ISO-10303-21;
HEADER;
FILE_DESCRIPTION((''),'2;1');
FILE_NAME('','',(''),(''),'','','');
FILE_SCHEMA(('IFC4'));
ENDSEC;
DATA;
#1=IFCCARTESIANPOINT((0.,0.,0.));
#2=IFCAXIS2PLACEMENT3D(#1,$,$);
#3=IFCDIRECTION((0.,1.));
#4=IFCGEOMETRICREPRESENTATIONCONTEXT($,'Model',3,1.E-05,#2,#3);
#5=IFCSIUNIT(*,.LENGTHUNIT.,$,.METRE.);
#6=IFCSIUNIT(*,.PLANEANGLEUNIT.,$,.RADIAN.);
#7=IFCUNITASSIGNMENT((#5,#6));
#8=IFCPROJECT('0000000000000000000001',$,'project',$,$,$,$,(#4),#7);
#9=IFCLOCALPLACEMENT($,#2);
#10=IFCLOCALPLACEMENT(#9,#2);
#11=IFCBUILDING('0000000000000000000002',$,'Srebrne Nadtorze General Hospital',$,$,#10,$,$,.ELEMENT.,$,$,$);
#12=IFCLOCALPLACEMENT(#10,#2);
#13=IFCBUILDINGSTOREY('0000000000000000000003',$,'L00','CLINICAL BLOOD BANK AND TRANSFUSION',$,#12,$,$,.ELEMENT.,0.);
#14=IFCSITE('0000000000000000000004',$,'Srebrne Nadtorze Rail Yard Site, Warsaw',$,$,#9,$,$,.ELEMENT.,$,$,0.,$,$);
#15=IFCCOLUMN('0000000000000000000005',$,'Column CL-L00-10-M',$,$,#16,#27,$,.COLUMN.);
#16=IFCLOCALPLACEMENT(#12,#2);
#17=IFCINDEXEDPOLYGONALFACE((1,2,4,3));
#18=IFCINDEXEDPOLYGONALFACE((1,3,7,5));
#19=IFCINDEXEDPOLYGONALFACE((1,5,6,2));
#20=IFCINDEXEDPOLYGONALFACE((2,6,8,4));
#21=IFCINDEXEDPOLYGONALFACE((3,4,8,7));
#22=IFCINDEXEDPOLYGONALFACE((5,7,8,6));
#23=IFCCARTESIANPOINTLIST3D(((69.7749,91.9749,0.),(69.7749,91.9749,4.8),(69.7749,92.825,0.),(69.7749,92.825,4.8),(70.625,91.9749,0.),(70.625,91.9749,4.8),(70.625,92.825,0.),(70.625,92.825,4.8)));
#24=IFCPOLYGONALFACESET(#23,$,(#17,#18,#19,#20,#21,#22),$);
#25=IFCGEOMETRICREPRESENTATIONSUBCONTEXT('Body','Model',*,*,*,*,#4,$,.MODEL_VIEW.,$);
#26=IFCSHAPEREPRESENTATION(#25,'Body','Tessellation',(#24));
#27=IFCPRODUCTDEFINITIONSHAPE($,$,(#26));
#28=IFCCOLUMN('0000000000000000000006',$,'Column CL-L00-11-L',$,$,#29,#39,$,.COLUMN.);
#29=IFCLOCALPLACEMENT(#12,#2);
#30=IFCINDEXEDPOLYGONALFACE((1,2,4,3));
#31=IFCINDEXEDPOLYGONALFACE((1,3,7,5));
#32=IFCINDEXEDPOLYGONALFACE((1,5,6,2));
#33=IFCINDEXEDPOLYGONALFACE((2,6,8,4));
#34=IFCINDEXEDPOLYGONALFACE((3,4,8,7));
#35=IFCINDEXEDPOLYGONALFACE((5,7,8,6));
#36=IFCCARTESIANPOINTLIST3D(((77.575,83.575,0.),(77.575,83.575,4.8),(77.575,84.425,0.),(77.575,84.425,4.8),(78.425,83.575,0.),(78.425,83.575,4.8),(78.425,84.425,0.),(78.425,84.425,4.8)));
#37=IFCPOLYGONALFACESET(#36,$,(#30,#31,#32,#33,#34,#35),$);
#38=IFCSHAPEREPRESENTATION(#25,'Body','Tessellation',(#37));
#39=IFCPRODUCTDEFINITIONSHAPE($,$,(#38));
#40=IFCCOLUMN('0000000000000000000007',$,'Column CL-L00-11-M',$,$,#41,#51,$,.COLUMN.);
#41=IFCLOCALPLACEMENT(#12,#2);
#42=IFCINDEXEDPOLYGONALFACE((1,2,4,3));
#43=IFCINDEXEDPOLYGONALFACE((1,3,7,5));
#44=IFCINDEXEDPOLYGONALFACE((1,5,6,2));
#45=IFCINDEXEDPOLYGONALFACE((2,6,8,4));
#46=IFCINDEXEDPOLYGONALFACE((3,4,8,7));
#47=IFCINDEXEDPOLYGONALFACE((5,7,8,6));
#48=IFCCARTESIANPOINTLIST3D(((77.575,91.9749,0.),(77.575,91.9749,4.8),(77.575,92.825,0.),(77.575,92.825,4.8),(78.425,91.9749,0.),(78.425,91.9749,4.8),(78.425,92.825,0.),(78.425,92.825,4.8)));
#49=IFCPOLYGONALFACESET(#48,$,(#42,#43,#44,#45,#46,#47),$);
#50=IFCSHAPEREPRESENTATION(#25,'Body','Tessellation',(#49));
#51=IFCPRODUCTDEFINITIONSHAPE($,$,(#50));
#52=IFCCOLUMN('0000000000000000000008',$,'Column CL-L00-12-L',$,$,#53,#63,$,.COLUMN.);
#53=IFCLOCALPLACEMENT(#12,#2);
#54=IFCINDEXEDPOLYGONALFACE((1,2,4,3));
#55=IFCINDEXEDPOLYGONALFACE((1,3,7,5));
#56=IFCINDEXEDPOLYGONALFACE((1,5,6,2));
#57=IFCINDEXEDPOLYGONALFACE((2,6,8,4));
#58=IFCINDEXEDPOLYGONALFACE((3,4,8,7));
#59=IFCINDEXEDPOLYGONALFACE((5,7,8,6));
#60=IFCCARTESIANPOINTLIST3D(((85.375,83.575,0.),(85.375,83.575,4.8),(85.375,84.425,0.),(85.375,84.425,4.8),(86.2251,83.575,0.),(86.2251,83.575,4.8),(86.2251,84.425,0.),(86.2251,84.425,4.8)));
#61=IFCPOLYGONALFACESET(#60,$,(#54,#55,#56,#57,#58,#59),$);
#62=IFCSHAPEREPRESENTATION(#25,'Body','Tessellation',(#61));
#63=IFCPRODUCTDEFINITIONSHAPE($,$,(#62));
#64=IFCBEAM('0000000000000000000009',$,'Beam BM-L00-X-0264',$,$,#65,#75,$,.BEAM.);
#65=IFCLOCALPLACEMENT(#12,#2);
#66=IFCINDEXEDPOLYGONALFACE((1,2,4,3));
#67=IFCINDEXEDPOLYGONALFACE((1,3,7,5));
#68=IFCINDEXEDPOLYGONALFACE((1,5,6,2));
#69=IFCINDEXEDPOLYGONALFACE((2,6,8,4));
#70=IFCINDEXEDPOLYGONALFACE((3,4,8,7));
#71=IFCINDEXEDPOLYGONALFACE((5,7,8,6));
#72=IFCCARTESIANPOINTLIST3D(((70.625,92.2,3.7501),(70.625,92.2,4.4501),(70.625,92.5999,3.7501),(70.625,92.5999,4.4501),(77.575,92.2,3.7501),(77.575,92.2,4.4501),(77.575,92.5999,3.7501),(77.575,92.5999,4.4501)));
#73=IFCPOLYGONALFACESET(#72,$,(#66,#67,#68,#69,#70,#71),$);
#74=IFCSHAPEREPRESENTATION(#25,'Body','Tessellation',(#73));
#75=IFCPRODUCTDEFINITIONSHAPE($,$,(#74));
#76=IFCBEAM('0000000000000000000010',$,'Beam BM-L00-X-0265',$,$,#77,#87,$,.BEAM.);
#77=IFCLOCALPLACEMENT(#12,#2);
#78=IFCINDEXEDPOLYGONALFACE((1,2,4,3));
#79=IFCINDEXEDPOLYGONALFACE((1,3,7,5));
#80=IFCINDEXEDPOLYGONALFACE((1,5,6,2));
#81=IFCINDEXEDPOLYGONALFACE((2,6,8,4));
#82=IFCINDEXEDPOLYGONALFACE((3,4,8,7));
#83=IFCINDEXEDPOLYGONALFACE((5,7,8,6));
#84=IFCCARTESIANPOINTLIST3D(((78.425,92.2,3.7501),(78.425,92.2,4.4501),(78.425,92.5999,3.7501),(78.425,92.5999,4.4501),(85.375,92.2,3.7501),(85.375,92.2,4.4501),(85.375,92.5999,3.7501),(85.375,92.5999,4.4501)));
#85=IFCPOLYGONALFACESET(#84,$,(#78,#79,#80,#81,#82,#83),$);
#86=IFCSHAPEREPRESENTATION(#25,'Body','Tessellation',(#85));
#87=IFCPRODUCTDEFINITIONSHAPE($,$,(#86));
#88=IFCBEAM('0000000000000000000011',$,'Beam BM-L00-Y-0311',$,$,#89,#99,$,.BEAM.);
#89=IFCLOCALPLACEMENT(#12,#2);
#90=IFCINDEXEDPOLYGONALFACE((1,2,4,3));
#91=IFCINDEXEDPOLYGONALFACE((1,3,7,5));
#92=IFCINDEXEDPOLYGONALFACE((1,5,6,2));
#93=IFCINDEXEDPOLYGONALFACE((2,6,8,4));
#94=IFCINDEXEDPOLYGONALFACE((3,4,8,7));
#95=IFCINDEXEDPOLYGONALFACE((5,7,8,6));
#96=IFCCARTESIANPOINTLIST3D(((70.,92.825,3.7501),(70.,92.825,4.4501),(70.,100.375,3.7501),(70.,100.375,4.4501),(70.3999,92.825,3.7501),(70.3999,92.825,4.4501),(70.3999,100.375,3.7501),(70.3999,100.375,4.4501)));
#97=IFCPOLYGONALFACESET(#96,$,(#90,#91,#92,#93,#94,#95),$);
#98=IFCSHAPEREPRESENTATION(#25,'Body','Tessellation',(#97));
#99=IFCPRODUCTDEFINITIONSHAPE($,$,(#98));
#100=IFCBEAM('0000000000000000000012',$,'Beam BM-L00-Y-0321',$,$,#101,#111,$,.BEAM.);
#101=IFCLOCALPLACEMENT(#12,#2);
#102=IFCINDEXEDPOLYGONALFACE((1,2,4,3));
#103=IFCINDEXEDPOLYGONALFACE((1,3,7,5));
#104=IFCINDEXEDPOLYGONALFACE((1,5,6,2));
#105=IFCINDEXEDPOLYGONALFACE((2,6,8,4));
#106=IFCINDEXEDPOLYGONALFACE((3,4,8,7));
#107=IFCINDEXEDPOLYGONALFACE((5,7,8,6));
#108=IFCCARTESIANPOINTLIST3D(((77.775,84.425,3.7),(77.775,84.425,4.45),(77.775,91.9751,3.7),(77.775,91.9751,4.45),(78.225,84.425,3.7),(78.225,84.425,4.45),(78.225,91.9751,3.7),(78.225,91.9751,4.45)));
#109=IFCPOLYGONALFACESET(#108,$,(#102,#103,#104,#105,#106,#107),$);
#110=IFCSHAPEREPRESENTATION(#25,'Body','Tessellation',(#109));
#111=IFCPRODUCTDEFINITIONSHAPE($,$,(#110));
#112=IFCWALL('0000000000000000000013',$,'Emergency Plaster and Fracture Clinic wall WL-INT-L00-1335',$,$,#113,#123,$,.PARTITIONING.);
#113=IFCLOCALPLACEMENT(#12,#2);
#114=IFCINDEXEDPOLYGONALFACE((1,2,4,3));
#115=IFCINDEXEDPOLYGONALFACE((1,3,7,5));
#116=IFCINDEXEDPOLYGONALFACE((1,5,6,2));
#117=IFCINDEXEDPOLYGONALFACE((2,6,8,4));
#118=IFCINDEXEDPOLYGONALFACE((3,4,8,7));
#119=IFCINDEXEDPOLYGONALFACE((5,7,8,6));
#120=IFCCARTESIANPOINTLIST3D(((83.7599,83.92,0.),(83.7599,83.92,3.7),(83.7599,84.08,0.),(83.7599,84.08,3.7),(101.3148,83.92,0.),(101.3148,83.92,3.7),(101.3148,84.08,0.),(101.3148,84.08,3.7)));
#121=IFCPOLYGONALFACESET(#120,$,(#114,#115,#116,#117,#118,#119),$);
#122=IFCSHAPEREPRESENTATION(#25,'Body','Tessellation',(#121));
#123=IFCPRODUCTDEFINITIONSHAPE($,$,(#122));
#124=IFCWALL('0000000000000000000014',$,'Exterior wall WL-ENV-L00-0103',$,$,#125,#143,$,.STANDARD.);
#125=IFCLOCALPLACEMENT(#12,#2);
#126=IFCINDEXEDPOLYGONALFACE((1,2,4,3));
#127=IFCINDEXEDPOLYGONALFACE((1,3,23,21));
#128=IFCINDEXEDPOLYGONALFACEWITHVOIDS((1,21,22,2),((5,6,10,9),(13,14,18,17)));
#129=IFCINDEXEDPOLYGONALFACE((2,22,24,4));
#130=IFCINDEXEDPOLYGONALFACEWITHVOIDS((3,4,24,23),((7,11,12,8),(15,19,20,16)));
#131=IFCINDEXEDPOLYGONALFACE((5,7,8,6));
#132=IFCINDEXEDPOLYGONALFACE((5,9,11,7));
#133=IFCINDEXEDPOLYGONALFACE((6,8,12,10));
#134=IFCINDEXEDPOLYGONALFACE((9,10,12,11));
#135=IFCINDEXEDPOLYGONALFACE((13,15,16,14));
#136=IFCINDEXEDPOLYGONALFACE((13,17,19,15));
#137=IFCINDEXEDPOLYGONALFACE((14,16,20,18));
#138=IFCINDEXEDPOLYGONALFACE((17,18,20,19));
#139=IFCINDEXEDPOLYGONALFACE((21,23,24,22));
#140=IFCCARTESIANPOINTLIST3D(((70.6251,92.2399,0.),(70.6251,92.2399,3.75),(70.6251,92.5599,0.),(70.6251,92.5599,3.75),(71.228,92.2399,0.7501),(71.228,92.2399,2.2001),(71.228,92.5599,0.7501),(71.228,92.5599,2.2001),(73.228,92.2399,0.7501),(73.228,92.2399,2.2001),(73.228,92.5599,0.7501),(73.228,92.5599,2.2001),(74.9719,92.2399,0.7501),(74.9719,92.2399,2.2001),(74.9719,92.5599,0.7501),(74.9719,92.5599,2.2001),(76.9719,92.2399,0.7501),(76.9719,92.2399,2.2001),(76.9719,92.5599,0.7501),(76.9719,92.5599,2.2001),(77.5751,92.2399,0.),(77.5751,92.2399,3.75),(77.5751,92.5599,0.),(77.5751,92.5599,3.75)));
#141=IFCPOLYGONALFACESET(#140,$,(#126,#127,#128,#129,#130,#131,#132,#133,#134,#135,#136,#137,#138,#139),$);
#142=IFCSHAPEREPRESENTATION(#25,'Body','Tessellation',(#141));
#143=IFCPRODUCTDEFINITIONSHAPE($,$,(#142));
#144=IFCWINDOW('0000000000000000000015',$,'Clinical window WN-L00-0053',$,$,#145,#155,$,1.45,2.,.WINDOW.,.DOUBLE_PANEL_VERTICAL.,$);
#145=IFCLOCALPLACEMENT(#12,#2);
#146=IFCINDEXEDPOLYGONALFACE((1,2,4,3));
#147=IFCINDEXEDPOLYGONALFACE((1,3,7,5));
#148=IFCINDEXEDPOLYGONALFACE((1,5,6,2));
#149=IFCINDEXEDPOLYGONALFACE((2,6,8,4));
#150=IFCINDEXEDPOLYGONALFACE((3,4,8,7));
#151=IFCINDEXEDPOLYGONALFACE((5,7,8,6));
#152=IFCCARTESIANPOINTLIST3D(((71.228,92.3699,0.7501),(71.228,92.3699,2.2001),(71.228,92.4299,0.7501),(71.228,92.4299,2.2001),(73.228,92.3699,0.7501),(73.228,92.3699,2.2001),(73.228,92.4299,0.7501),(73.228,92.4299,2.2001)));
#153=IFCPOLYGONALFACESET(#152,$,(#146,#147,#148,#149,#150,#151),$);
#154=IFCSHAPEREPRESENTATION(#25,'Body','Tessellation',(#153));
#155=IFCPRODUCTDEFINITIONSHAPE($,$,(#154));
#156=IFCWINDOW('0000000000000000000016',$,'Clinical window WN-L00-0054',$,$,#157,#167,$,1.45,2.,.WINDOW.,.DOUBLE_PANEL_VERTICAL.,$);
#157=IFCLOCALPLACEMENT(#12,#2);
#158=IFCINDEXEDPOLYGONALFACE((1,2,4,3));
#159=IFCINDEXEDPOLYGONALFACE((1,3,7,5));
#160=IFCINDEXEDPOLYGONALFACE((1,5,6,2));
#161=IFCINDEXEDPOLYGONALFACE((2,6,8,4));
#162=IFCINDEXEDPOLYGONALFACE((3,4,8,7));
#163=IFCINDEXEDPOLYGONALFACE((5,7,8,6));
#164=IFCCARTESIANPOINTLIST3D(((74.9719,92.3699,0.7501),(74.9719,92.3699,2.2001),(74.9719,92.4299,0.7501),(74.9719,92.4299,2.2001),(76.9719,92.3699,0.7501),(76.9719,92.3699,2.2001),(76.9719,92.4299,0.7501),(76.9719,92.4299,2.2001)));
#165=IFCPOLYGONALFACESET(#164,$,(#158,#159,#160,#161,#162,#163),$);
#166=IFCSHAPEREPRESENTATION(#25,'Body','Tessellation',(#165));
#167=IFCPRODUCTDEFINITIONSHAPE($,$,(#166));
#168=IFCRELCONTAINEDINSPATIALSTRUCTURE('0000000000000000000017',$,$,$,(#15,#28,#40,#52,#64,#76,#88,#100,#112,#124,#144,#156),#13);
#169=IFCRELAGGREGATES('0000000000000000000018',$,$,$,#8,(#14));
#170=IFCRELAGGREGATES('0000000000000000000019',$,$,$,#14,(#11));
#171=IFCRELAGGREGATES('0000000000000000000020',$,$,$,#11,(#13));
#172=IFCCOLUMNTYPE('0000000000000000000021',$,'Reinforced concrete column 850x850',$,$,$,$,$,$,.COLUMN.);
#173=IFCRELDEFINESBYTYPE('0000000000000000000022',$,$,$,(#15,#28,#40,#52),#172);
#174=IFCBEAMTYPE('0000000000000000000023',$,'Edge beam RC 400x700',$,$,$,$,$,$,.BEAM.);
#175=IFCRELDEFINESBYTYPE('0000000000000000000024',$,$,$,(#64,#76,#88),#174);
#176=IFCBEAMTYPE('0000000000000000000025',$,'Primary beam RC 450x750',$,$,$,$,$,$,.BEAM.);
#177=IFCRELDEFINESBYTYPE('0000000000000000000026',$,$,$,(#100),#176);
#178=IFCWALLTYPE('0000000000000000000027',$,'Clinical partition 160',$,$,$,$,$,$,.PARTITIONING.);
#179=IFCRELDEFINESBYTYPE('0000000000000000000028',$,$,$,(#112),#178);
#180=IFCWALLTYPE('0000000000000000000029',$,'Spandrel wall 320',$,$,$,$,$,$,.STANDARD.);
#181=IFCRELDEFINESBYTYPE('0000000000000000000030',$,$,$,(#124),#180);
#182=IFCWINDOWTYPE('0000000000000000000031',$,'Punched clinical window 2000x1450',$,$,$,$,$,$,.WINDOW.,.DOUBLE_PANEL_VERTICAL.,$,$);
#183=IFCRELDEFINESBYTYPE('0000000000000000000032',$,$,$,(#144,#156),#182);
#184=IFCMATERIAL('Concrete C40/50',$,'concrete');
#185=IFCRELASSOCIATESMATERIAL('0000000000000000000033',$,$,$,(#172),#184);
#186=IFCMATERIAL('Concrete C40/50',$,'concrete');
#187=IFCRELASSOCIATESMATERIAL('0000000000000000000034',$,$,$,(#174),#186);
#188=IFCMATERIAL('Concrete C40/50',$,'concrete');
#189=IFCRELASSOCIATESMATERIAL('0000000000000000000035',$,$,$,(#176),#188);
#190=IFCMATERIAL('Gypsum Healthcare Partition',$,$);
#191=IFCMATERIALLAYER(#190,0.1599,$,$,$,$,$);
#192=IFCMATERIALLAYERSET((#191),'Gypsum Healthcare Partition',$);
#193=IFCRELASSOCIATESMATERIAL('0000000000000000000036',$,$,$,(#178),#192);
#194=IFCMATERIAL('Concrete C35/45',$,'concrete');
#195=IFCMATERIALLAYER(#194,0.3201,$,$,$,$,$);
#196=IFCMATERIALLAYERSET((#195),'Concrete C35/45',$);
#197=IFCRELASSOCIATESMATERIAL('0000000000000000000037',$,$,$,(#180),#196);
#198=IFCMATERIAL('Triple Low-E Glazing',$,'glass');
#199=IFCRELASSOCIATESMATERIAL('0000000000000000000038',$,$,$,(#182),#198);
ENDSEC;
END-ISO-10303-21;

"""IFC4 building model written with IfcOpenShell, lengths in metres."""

from ifc_helpers import new_model, si_unit, direction, frame, frame_2d, origin, origin_2d, place, context, subcontext, project, spatial, rectangle, extrude, material, layer, layer_set, material_profile, profile_set, type_object, element, fill, save


model = new_model("IFC4")

# Units and contexts
model_context = context("Model", 3, precision=1e-05, world=origin(), true_north=direction((0.0, 1.0)))
body_context = subcontext(model_context, "Body", "Model", "MODEL_VIEW")
ifc_project = project(units=[si_unit("LENGTHUNIT", "METRE"), si_unit("PLANEANGLEUNIT", "RADIAN")], contexts=[model_context])

# Site, building, storey
site_placement = place(None, origin())
site = spatial("IfcSite", under=ifc_project, at=site_placement, Name="Srebrne Nadtorze Rail Yard Site, Warsaw", CompositionType="ELEMENT", RefElevation=0.0)
building_placement = place(site_placement, origin())
building = spatial("IfcBuilding", under=site, at=building_placement, Name="Srebrne Nadtorze General Hospital", CompositionType="ELEMENT")
storey_placement = place(building_placement, origin())
storey = spatial("IfcBuildingStorey", under=building, at=storey_placement, Name="L00", Description="CLINICAL BLOOD BANK AND TRANSFUSION", CompositionType="ELEMENT", Elevation=0.0)

# Columns
ifc_material_1 = material(Name="Concrete C40/50", Category="concrete")
ifc_material_profile_1 = material_profile(ifc_material_1, rectangle(XDim=0.8501, YDim=0.8501, at=origin_2d()), Name="RC-COL-850x850")
ifc_profile_set_1 = profile_set([ifc_material_profile_1], Name="Concrete C40/50")
column_type = type_object("IfcColumnType", Name="Reinforced concrete column 850x850", PredefinedType="COLUMN", material=ifc_profile_set_1)
for number, where, z_axis, x_axis, name in (
    (1, (70.2, 92.3999, 0.0), (0.0, 0.0, 1.0), (1.0, 0.0, 0.0), "Column CL-L00-10-M"),
    (2, (78.0, 84.0, 0.0), (0.0, 0.0, 1.0), (1.0, 0.0, 0.0), "Column CL-L00-11-L"),
    (3, (78.0, 92.3999, 0.0), (0.0, 0.0, 1.0), (1.0, 0.0, 0.0), "Column CL-L00-11-M"),
    (4, (85.8, 84.0, 0.0), (0.0, 0.0, 1.0), (1.0, 0.0, 0.0), "Column CL-L00-12-L"),
):
    element("IfcColumn", number, at=place(storey_placement, frame(where, z_axis=z_axis, x_axis=x_axis)), inside=storey, type_object=column_type, Name=name, PredefinedType="COLUMN", context=body_context, shape_type="SweptSolid", body=[
        extrude(rectangle(XDim=0.8501, YDim=0.8501, at=origin_2d()), origin(), (0.0, 0.0, 1.0), 4.8),
    ])

# Beams
ifc_material_2 = material(Name="Concrete C40/50", Category="concrete")
ifc_material_profile_2 = material_profile(ifc_material_2, rectangle(XDim=0.3999, YDim=0.7, at=origin_2d()), Name="RC-BM-400x700")
ifc_profile_set_2 = profile_set([ifc_material_profile_2], Name="Concrete C40/50")
beam_type_1 = type_object("IfcBeamType", Name="Edge beam RC 400x700", PredefinedType="BEAM", material=ifc_profile_set_2)
for number, where, z_axis, x_axis, name in (
    (5, (70.625, 92.3999, 4.1001), (1.0, 0.0, 0.0), (0.0, 1.0, 0.0), "Beam BM-L00-X-0264"),
    (6, (78.425, 92.3999, 4.1001), (1.0, 0.0, 0.0), (0.0, 1.0, 0.0), "Beam BM-L00-X-0265"),
):
    element("IfcBeam", number, at=place(storey_placement, frame(where, z_axis=z_axis, x_axis=x_axis)), inside=storey, type_object=beam_type_1, Name=name, PredefinedType="BEAM", context=body_context, shape_type="SweptSolid", body=[
        extrude(rectangle(XDim=0.3999, YDim=0.7, at=origin_2d()), origin(), (0.0, 0.0, 1.0), 6.95),
    ])
beam_1_placement = place(storey_placement, frame((70.2, 92.825, 4.1001), z_axis=(0.0, 1.0, 0.0), x_axis=(-1.0, 0.0, 0.0)))
element("IfcBeam", 7, at=beam_1_placement, inside=storey, type_object=beam_type_1, Name="Beam BM-L00-Y-0311", PredefinedType="BEAM", context=body_context, shape_type="SweptSolid", body=[
    extrude(rectangle(XDim=0.3999, YDim=0.7, at=origin_2d()), origin(), (0.0, 0.0, 1.0), 7.55),
])
ifc_material_3 = material(Name="Concrete C40/50", Category="concrete")
ifc_material_profile_3 = material_profile(ifc_material_3, rectangle(XDim=0.45, YDim=0.75, at=origin_2d()), Name="RC-BM-450x750")
ifc_profile_set_3 = profile_set([ifc_material_profile_3], Name="Concrete C40/50")
beam_type_2 = type_object("IfcBeamType", Name="Primary beam RC 450x750", PredefinedType="BEAM", material=ifc_profile_set_3)
beam_2_placement = place(storey_placement, frame((78.0, 84.425, 4.075), z_axis=(0.0, 1.0, 0.0), x_axis=(-1.0, 0.0, 0.0)))
element("IfcBeam", 8, at=beam_2_placement, inside=storey, type_object=beam_type_2, Name="Beam BM-L00-Y-0321", PredefinedType="BEAM", context=body_context, shape_type="SweptSolid", body=[
    extrude(rectangle(XDim=0.45, YDim=0.75, at=origin_2d()), origin(), (0.0, 0.0, 1.0), 7.55),
])

# Wall
ifc_material_4 = material(Name="Gypsum Healthcare Partition")
ifc_layer_1 = layer(ifc_material_4, 0.1599)
ifc_layer_set_1 = layer_set([ifc_layer_1], Name="Gypsum Healthcare Partition")
wall_type_1 = type_object("IfcWallType", Name="Clinical partition 160", PredefinedType="PARTITIONING", material=ifc_layer_set_1)
wall_1_placement = place(storey_placement, frame((83.76, 84.0, 0.0), z_axis=(0.0, 0.0, 1.0), x_axis=(1.0, 0.0, 0.0)))
element("IfcWall", 9, at=wall_1_placement, inside=storey, type_object=wall_type_1, Name="Emergency Plaster and Fracture Clinic wall WL-INT-L00-1335", PredefinedType="PARTITIONING", context=body_context, shape_type="SweptSolid", body=[
    extrude(rectangle(XDim=17.5549, YDim=0.1599, at=frame_2d((8.7773, 0.0))), origin(), (0.0, 0.0, 1.0), 3.7),
])

# Wall, openings, windows
ifc_material_5 = material(Name="Concrete C35/45", Category="concrete")
ifc_layer_2 = layer(ifc_material_5, 0.3201)
ifc_layer_set_2 = layer_set([ifc_layer_2], Name="Concrete C35/45")
wall_type_2 = type_object("IfcWallType", Name="Spandrel wall 320", PredefinedType="STANDARD", material=ifc_layer_set_2)
wall_2_placement = place(storey_placement, frame((70.625, 92.3999, 0.0), z_axis=(0.0, 0.0, 1.0), x_axis=(1.0, 0.0, 0.0)))
wall_2 = element("IfcWall", 10, at=wall_2_placement, inside=storey, type_object=wall_type_2, Name="Exterior wall WL-ENV-L00-0103", PredefinedType="STANDARD", context=body_context, shape_type="SweptSolid", body=[
    extrude(rectangle(XDim=6.95, YDim=0.3201, at=frame_2d((3.4751, 0.0))), origin(), (0.0, 0.0, 1.0), 3.75),
])
opening_1_placement = place(wall_2_placement, frame((0.603, 0.0, 0.75)))
opening_1 = element("IfcOpeningElement", 11, at=opening_1_placement, cuts=wall_2, PredefinedType="OPENING", context=body_context, shape_type="SweptSolid", body=[
    extrude(rectangle(XDim=2.0, YDim=1.45, at=frame_2d((1.0, 0.7251))), frame((0.0, 0.1719, 0.0), z_axis=(0.0, -1.0, 0.0), x_axis=(1.0, 0.0, 0.0)), (0.0, 0.0, 1.0), 0.344),
])
opening_2_placement = place(wall_2_placement, frame((4.3469, 0.0, 0.75)))
opening_2 = element("IfcOpeningElement", 12, at=opening_2_placement, cuts=wall_2, PredefinedType="OPENING", context=body_context, shape_type="SweptSolid", body=[
    extrude(rectangle(XDim=2.0, YDim=1.45, at=frame_2d((1.0, 0.7251))), frame((0.0, 0.1719, 0.0), z_axis=(0.0, -1.0, 0.0), x_axis=(1.0, 0.0, 0.0)), (0.0, 0.0, 1.0), 0.344),
])
ifc_material_6 = material(Name="Triple Low-E Glazing", Category="glass")
window_type_1 = type_object("IfcWindowType", Name="Punched clinical window 2000x1450", PartitioningType="DOUBLE_PANEL_VERTICAL", PredefinedType="WINDOW", material=ifc_material_6)
window_1_placement = place(opening_1_placement, origin())
window_1 = element("IfcWindow", 13, at=window_1_placement, inside=storey, type_object=window_type_1, Name="Clinical window WN-L00-0053", OverallHeight=1.45, OverallWidth=2.0, PartitioningType="DOUBLE_PANEL_VERTICAL", PredefinedType="WINDOW", context=body_context, shape_type="SweptSolid", body=[
    extrude(rectangle(XDim=2.0, YDim=1.45, at=frame_2d((1.0, 0.7251))), frame((0.0, 0.03, 0.0), z_axis=(0.0, -1.0, 0.0), x_axis=(1.0, 0.0, 0.0)), (0.0, 0.0, 1.0), 0.0601),
])
fill(opening_1, window_1)
window_2_placement = place(opening_2_placement, origin())
window_2 = element("IfcWindow", 14, at=window_2_placement, inside=storey, type_object=window_type_1, Name="Clinical window WN-L00-0054", OverallHeight=1.45, OverallWidth=2.0, PartitioningType="DOUBLE_PANEL_VERTICAL", PredefinedType="WINDOW", context=body_context, shape_type="SweptSolid", body=[
    extrude(rectangle(XDim=2.0, YDim=1.45, at=frame_2d((1.0, 0.7251))), frame((0.0, 0.03, 0.0), z_axis=(0.0, -1.0, 0.0), x_axis=(1.0, 0.0, 0.0)), (0.0, 0.0, 1.0), 0.0601),
])
fill(opening_2, window_2)

save(model, "model.ifc")
